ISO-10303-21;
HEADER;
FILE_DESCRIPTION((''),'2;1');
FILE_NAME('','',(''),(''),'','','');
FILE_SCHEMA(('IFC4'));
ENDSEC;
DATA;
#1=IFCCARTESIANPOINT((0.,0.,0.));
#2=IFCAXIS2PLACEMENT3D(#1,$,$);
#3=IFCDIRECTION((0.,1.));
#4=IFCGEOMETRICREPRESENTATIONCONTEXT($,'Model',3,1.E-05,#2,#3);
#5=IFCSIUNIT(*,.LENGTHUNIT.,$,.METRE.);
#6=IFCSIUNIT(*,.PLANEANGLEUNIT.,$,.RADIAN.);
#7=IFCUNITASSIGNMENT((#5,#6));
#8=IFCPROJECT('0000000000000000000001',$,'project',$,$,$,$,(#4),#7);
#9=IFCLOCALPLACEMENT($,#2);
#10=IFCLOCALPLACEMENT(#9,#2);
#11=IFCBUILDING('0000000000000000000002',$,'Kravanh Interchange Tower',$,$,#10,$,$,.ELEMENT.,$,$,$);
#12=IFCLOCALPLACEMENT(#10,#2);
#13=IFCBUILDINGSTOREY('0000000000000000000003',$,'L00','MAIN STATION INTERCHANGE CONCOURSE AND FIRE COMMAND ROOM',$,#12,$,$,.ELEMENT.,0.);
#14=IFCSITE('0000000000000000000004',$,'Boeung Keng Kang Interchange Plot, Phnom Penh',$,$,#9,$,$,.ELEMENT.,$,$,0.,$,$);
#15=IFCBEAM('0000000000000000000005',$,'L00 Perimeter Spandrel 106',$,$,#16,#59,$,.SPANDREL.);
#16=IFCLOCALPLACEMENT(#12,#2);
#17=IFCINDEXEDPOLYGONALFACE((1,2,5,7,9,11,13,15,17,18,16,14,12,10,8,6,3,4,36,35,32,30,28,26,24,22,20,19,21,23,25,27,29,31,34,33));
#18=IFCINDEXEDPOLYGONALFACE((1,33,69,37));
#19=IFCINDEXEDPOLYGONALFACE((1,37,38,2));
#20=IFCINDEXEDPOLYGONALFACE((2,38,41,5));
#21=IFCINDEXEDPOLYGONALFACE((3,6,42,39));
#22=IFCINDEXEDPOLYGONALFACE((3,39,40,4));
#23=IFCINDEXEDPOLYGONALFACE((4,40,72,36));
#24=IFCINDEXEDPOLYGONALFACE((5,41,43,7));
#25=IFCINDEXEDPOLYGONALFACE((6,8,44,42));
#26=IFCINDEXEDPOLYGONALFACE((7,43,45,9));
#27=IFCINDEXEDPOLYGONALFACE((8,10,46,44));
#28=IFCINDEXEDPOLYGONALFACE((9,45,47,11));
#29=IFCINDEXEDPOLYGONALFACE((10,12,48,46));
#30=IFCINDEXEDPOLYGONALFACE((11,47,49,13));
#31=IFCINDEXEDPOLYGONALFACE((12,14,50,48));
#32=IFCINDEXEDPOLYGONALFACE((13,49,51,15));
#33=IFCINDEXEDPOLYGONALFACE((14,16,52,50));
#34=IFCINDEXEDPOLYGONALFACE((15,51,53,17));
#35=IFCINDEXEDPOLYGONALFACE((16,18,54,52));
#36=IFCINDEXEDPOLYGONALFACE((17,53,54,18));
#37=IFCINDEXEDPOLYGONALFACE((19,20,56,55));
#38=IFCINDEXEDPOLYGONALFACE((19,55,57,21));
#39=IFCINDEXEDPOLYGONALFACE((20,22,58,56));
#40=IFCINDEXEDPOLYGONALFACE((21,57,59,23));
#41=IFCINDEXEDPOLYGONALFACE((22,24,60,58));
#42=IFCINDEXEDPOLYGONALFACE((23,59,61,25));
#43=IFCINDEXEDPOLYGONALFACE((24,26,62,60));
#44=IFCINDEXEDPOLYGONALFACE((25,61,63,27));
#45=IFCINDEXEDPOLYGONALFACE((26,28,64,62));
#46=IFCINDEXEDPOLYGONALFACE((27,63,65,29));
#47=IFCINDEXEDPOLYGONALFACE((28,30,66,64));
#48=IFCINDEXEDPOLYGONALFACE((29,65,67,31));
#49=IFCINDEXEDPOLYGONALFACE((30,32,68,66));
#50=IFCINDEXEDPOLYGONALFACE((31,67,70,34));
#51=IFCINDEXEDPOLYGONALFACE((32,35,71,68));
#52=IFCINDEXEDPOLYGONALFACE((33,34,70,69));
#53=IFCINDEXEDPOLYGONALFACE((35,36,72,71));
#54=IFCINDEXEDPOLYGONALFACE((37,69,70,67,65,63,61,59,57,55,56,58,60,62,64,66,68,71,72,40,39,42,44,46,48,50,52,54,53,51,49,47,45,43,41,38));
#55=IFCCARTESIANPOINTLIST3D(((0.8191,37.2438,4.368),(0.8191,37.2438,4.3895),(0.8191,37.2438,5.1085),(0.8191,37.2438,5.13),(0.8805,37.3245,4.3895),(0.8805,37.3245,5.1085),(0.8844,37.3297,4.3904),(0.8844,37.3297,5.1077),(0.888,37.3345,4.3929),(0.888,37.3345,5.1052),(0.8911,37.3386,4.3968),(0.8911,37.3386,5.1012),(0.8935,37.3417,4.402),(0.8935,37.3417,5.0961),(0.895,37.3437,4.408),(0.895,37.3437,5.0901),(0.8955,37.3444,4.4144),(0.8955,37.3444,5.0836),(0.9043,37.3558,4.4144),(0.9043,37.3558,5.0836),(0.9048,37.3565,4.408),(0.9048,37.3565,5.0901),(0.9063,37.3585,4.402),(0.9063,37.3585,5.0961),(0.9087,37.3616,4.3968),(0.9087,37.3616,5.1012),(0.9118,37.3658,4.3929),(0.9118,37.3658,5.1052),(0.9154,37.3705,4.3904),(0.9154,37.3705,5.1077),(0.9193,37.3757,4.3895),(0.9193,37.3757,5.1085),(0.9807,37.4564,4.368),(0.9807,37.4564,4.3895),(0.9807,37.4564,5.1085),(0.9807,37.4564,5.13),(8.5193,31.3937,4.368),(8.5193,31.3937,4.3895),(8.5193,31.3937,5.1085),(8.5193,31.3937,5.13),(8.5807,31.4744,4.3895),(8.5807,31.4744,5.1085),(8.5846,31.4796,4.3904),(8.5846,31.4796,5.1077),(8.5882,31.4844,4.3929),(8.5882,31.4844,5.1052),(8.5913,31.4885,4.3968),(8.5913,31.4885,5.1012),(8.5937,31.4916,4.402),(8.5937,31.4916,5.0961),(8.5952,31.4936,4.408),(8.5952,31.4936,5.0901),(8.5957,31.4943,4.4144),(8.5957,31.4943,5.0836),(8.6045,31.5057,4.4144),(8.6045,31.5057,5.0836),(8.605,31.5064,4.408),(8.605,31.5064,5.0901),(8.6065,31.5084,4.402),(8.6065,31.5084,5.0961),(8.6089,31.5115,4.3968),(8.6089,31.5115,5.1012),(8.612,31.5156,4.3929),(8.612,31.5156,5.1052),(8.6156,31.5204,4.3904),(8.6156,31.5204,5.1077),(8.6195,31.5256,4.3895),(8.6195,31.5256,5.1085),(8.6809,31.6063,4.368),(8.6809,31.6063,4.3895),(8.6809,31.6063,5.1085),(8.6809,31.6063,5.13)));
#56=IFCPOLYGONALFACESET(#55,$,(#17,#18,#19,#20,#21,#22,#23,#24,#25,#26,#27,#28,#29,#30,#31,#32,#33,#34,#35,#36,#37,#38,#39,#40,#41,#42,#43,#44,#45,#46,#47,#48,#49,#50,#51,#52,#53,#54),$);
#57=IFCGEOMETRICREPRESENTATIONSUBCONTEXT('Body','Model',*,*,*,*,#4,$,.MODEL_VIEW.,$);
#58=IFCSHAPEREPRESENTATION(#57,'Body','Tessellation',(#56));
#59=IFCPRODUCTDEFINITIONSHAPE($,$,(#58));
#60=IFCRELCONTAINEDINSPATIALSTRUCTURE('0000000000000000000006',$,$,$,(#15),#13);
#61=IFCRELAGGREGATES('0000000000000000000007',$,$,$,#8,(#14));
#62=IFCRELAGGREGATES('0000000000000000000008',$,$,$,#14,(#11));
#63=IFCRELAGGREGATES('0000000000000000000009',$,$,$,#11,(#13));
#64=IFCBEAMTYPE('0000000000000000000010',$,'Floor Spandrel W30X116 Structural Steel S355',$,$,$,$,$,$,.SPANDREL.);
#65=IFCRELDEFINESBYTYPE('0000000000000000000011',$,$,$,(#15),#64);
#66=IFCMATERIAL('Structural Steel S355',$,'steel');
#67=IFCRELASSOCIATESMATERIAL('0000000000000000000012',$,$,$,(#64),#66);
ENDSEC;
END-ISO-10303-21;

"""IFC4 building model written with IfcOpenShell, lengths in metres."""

from ifc_helpers import new_model, si_unit, direction, frame, origin, origin_2d, place, context, subcontext, project, spatial, i_section, extrude, material, material_profile, profile_set, type_object, element, save


model = new_model("IFC4")

# Units and contexts
model_context = context("Model", 3, precision=1e-05, world=origin(), true_north=direction((0.0, 1.0)))
body_context = subcontext(model_context, "Body", "Model", "MODEL_VIEW")
ifc_project = project(units=[si_unit("LENGTHUNIT", "METRE"), si_unit("PLANEANGLEUNIT", "RADIAN")], contexts=[model_context])

# Site, building, storey
site_placement = place(None, origin())
site = spatial("IfcSite", under=ifc_project, at=site_placement, Name="Boeung Keng Kang Interchange Plot, Phnom Penh", CompositionType="ELEMENT", RefElevation=0.0)
building_placement = place(site_placement, origin())
building = spatial("IfcBuilding", under=site, at=building_placement, Name="Kravanh Interchange Tower", CompositionType="ELEMENT")
storey_placement = place(building_placement, origin())
storey = spatial("IfcBuildingStorey", under=building, at=storey_placement, Name="L00", Description="MAIN STATION INTERCHANGE CONCOURSE AND FIRE COMMAND ROOM", CompositionType="ELEMENT", Elevation=0.0)

# Beam
ifc_material_1 = material(Name="Structural Steel S355", Category="steel")
ifc_material_profile_1 = material_profile(ifc_material_1, i_section(OverallWidth=0.2671, OverallDepth=0.762, WebThickness=0.0144, FlangeThickness=0.0215, FilletRadius=0.0249, at=origin_2d()), Name="W30X116")
ifc_profile_set_1 = profile_set([ifc_material_profile_1], Name="Structural Steel S355")
beam_type_1 = type_object("IfcBeamType", Name="Floor Spandrel W30X116 Structural Steel S355", PredefinedType="SPANDREL", material=ifc_profile_set_1)
beam_1_placement = place(storey_placement, frame((8.6001, 31.5, 4.749), z_axis=(-0.796264, 0.604949, 0.0), x_axis=(-0.604949, -0.796264, 0.0)))
element("IfcBeam", 1, at=beam_1_placement, inside=storey, type_object=beam_type_1, Name="L00 Perimeter Spandrel 106", PredefinedType="SPANDREL", context=body_context, shape_type="SweptSolid", body=[
    extrude(i_section(OverallWidth=0.2671, OverallDepth=0.762, WebThickness=0.0144, FlangeThickness=0.0215, FilletRadius=0.0249, at=origin_2d()), origin(), (0.0, 0.0, 1.0), 9.6704),
])

save(model, "model.ifc")
